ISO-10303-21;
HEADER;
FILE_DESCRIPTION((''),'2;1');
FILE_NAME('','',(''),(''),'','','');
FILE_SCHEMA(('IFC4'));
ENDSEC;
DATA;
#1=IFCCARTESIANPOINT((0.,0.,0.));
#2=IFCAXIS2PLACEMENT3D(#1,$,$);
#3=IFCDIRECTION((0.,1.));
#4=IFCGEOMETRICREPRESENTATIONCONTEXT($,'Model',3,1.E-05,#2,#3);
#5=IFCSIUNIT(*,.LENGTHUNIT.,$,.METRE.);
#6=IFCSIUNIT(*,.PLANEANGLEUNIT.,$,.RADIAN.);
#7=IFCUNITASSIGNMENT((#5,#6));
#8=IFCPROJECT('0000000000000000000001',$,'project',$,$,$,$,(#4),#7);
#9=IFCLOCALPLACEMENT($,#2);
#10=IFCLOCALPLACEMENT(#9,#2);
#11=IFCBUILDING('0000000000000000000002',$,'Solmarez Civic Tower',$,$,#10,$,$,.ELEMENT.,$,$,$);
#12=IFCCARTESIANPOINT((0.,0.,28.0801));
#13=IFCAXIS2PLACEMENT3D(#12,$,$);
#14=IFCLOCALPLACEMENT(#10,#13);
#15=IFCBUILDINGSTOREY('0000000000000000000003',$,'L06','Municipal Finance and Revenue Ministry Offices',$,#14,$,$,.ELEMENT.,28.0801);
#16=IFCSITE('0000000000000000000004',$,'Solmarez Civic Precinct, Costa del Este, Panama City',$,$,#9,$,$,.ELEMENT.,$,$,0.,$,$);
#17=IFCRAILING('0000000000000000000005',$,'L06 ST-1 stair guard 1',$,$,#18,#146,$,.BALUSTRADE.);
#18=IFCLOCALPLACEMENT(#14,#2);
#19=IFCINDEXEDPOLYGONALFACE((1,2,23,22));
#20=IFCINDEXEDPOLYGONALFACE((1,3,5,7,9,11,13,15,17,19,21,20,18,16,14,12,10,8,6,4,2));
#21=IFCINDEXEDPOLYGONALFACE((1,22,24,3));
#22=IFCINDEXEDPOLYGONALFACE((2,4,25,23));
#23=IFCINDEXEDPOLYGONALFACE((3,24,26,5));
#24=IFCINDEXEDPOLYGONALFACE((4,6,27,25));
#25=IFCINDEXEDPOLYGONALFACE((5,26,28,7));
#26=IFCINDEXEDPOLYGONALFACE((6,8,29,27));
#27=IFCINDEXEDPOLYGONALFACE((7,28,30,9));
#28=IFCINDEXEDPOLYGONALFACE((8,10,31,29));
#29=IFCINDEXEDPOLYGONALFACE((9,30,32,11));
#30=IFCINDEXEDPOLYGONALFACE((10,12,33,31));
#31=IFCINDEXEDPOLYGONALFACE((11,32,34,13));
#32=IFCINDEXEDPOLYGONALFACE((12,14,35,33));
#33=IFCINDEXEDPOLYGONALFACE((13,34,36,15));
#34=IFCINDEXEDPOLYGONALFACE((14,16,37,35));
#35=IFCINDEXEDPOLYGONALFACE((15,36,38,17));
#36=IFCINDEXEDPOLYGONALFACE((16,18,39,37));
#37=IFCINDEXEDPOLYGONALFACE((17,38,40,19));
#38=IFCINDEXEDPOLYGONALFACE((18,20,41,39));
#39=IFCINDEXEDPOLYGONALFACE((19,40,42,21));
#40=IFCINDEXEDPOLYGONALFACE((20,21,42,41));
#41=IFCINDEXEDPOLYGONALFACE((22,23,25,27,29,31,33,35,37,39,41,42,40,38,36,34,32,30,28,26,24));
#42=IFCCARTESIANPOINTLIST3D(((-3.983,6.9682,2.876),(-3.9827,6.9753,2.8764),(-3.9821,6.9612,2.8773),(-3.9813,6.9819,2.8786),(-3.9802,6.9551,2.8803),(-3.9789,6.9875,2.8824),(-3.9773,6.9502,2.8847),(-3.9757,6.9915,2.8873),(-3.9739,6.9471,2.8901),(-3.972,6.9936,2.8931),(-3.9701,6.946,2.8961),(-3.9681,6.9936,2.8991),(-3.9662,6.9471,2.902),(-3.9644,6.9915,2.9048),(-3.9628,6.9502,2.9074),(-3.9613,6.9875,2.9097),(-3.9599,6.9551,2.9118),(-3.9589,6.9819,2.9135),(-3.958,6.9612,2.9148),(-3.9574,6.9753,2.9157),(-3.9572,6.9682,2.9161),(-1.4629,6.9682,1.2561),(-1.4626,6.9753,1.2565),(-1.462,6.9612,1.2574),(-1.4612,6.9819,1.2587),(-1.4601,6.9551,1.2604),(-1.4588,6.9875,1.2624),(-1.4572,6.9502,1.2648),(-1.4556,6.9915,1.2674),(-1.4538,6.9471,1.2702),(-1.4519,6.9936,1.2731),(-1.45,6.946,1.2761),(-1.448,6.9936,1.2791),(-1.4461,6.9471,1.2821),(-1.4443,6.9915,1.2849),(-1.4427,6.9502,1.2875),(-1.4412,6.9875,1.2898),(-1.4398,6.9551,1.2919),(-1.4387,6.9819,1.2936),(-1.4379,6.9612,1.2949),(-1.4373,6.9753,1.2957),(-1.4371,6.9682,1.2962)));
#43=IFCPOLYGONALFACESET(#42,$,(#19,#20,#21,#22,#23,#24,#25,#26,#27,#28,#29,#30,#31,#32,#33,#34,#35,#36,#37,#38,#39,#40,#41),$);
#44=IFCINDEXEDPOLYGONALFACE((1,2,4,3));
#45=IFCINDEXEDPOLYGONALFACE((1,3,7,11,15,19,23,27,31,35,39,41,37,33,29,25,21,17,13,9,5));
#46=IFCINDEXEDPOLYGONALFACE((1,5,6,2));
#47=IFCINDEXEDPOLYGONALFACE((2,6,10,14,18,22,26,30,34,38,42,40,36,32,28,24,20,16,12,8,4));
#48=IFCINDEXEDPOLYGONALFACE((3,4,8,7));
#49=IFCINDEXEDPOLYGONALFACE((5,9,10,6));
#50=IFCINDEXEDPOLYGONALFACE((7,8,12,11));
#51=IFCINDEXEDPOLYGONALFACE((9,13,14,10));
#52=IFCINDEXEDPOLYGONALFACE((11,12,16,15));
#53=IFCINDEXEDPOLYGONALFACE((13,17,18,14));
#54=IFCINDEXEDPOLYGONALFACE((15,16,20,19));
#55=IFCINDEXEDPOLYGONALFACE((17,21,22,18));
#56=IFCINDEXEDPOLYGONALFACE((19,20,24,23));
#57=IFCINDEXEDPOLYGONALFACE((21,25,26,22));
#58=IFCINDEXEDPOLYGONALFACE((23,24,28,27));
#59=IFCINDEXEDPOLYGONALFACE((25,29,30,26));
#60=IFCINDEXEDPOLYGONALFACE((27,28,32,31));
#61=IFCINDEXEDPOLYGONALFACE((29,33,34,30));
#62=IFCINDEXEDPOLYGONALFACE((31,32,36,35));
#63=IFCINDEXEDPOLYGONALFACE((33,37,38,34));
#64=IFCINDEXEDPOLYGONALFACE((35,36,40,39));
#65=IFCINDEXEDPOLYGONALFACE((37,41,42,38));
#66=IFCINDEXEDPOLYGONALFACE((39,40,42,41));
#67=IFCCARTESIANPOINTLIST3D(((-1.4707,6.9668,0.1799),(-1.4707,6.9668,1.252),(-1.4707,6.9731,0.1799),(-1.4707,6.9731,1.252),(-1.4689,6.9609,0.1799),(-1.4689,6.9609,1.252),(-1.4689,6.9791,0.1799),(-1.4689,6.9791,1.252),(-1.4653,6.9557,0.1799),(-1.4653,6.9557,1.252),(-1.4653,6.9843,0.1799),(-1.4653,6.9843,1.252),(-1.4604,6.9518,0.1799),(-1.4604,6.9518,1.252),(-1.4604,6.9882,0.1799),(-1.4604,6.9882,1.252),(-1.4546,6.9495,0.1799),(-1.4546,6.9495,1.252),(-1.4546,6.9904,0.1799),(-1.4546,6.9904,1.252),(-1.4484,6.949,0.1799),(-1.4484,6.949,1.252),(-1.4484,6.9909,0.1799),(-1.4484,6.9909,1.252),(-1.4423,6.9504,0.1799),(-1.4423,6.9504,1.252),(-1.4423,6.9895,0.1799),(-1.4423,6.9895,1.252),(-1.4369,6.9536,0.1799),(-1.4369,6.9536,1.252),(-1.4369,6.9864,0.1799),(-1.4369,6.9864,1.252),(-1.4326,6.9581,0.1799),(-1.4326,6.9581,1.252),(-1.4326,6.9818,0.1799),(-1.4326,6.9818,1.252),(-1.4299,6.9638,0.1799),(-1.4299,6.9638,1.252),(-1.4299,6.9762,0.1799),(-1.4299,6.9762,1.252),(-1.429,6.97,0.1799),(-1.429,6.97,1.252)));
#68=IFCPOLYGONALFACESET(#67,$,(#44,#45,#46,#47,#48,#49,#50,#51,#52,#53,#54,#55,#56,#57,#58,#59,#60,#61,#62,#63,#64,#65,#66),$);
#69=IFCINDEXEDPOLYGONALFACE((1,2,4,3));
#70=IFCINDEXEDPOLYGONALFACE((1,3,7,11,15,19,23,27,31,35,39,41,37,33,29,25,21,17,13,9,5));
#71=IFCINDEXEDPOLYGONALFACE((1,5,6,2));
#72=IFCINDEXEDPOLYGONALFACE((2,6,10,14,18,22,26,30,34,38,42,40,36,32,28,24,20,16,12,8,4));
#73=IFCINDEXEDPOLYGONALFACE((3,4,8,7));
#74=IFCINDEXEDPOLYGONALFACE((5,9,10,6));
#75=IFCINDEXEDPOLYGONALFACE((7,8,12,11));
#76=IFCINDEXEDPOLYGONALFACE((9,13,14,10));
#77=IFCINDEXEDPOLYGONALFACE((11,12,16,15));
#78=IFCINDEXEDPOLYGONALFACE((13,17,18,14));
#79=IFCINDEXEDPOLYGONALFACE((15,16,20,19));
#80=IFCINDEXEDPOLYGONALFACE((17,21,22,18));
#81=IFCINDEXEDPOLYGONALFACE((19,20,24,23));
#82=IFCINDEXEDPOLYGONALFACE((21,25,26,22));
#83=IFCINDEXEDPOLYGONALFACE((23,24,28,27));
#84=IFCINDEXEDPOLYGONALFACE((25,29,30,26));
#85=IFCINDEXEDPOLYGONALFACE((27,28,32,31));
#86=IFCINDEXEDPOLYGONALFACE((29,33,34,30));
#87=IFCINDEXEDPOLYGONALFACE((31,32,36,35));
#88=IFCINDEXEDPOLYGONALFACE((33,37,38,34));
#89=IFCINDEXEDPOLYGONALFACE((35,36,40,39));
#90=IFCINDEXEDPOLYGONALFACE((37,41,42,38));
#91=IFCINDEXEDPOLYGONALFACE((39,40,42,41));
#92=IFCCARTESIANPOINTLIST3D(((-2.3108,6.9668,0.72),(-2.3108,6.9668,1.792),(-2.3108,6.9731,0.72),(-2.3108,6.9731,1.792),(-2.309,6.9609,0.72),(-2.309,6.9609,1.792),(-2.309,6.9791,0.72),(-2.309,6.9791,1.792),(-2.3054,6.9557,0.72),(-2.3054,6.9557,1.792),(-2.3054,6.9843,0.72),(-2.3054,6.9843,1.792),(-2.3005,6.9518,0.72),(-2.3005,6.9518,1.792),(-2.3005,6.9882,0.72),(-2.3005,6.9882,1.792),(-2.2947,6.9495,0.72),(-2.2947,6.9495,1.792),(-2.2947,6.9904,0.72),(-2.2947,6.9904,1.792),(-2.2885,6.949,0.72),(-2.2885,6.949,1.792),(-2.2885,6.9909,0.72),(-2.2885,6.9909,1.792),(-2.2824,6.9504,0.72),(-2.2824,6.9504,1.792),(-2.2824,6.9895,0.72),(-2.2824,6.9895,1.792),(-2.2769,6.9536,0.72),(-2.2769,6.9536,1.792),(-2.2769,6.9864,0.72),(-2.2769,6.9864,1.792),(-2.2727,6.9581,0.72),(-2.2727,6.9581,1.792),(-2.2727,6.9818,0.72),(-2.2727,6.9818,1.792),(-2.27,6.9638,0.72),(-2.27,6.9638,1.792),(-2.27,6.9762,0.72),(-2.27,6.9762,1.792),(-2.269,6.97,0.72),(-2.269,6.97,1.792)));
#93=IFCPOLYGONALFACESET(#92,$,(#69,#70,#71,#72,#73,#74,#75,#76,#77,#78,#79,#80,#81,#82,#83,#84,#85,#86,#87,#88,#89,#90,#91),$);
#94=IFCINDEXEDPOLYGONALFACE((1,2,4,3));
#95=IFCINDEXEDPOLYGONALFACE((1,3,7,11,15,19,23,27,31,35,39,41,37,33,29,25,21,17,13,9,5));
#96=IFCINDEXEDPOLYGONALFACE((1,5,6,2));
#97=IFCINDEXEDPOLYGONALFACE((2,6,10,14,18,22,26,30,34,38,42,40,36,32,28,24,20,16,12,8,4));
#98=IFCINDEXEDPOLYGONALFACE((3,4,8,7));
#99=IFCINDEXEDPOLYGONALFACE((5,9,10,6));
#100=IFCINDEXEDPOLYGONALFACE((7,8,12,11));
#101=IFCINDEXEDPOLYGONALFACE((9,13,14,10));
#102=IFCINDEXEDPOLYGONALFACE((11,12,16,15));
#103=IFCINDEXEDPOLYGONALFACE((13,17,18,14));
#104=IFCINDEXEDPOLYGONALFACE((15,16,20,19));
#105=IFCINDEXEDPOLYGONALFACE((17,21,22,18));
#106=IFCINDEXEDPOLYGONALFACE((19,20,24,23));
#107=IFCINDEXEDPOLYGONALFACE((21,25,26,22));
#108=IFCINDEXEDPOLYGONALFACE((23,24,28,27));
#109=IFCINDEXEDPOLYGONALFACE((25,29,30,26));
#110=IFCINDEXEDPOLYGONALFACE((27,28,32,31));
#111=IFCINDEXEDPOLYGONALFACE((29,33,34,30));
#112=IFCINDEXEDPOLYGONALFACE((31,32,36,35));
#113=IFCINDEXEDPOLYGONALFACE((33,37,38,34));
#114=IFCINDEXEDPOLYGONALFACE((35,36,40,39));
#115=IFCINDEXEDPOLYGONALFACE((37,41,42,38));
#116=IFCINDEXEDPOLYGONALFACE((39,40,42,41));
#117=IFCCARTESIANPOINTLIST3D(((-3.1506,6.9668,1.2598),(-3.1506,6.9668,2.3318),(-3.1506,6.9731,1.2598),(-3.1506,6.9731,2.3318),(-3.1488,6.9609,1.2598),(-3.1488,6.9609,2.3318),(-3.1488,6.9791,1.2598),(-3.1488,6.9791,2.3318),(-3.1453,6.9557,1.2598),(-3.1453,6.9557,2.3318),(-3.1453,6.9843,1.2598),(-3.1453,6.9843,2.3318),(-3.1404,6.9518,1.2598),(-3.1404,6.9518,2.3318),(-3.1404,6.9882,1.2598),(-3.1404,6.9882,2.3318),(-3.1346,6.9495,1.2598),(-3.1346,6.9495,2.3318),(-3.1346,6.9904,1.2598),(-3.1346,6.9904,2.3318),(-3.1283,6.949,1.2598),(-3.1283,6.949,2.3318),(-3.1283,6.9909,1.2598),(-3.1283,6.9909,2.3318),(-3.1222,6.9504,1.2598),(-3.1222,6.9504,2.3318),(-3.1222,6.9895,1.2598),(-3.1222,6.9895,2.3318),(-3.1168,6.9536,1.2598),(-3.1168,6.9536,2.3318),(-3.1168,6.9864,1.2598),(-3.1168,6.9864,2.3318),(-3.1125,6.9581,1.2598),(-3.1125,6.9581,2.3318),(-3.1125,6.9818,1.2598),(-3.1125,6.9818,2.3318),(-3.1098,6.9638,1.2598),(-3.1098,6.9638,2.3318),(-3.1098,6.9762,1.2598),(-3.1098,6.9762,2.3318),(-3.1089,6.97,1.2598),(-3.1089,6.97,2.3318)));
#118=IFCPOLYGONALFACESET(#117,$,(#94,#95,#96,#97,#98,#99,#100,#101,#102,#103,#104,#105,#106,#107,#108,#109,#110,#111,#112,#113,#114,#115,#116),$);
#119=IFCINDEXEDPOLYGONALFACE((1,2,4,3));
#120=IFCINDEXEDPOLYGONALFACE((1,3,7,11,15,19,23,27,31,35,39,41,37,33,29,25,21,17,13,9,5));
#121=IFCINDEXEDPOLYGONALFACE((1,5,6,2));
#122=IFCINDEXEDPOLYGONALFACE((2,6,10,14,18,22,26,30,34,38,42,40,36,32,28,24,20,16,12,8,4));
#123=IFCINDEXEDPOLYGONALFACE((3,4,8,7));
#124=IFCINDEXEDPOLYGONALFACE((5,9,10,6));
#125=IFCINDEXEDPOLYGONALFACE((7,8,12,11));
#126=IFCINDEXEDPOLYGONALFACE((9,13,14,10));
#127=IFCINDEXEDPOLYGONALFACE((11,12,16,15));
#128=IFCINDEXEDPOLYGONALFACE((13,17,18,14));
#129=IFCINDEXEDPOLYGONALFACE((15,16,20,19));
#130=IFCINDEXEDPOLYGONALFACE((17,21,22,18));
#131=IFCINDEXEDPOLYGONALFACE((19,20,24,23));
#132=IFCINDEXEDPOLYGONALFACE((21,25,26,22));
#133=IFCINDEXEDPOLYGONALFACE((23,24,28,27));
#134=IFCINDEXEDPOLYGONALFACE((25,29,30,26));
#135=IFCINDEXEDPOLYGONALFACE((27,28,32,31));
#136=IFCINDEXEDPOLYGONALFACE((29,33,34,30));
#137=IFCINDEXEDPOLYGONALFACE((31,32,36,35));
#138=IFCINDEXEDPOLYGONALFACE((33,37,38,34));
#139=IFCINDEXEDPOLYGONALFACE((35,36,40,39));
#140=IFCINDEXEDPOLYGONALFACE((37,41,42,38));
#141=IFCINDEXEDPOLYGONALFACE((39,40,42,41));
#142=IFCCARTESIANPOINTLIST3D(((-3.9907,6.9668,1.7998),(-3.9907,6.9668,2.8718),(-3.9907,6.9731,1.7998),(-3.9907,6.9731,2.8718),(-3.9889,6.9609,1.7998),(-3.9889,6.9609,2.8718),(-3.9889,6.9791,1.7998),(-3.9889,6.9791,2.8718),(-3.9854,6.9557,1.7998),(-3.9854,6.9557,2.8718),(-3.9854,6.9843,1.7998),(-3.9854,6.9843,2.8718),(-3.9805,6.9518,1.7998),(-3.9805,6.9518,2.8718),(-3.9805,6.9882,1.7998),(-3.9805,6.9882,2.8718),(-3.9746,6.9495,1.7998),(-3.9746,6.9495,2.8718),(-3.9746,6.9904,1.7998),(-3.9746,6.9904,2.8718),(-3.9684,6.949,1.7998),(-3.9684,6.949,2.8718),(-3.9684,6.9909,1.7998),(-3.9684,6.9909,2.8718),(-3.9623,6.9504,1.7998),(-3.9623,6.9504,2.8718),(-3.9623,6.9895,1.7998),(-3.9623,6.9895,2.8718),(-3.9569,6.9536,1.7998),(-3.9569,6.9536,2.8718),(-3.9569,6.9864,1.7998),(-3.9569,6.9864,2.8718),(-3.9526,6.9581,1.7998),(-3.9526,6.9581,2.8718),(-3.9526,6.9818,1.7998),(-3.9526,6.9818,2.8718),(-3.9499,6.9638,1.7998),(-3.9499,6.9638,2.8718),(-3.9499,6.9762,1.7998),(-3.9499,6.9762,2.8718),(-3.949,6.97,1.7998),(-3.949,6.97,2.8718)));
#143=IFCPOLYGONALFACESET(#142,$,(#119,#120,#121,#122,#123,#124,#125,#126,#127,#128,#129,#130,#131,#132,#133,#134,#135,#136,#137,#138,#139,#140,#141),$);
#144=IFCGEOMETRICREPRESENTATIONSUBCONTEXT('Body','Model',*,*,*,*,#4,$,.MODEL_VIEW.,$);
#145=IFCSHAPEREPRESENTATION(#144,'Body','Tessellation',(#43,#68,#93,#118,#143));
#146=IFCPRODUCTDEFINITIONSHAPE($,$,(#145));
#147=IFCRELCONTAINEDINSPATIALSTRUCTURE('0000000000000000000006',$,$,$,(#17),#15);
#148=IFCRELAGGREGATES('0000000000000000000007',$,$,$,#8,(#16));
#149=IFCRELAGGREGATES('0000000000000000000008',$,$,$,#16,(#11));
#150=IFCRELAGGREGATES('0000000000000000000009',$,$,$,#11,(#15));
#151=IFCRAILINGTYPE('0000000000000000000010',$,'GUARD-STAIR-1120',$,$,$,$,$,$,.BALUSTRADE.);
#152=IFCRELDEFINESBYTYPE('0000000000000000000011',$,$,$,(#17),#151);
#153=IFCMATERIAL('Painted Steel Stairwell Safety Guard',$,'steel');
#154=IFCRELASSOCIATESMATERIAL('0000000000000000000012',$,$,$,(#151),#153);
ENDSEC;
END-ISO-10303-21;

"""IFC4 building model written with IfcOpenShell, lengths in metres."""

from ifc_helpers import new_model, si_unit, direction, frame, origin, origin_2d, place, context, subcontext, project, spatial, circle, extrude, material, type_object, element, save


model = new_model("IFC4")

# Units and contexts
model_context = context("Model", 3, precision=1e-05, world=origin(), true_north=direction((0.0, 1.0)))
body_context = subcontext(model_context, "Body", "Model", "MODEL_VIEW")
ifc_project = project(units=[si_unit("LENGTHUNIT", "METRE"), si_unit("PLANEANGLEUNIT", "RADIAN")], contexts=[model_context])

# Site, building, storey
site_placement = place(None, origin())
site = spatial("IfcSite", under=ifc_project, at=site_placement, Name="Solmarez Civic Precinct, Costa del Este, Panama City", CompositionType="ELEMENT", RefElevation=0.0)
building_placement = place(site_placement, origin())
building = spatial("IfcBuilding", under=site, at=building_placement, Name="Solmarez Civic Tower", CompositionType="ELEMENT")
storey_placement = place(building_placement, frame((0.0, 0.0, 28.0801)))
storey = spatial("IfcBuildingStorey", under=building, at=storey_placement, Name="L06", Description="Municipal Finance and Revenue Ministry Offices", CompositionType="ELEMENT", Elevation=28.0801)

# Railing
ifc_material_1 = material(Name="Painted Steel Stairwell Safety Guard", Category="steel")
railing_type_1 = type_object("IfcRailingType", Name="GUARD-STAIR-1120", PredefinedType="BALUSTRADE", material=ifc_material_1)
railing_1_placement = place(storey_placement, frame((-1.45, 6.97, 0.1799)))
element("IfcRailing", 1, at=railing_1_placement, inside=storey, type_object=railing_type_1, Name="L06 ST-1 stair guard 1", PredefinedType="BALUSTRADE", context=body_context, shape_type="SweptSolid", body=[
    extrude(circle(Radius=0.0239, at=origin_2d()), frame((0.0, 0.0, 1.0962), z_axis=(-0.8412, 0.0, 0.540725), x_axis=(0.0, -1.0, 0.0)), (0.0, 0.0, 1.0), 2.9958),
    extrude(circle(Radius=0.021, at=origin_2d()), origin(), (0.0, 0.0, 1.0), 1.072),
    extrude(circle(Radius=0.021, at=origin_2d()), frame((-0.8401, 0.0, 0.54)), (0.0, 0.0, 1.0), 1.072),
    extrude(circle(Radius=0.021, at=origin_2d()), frame((-1.6799, 0.0, 1.0798)), (0.0, 0.0, 1.0), 1.072),
    extrude(circle(Radius=0.021, at=origin_2d()), frame((-2.52, 0.0, 1.6199)), (0.0, 0.0, 1.0), 1.072),
])

save(model, "model.ifc")
